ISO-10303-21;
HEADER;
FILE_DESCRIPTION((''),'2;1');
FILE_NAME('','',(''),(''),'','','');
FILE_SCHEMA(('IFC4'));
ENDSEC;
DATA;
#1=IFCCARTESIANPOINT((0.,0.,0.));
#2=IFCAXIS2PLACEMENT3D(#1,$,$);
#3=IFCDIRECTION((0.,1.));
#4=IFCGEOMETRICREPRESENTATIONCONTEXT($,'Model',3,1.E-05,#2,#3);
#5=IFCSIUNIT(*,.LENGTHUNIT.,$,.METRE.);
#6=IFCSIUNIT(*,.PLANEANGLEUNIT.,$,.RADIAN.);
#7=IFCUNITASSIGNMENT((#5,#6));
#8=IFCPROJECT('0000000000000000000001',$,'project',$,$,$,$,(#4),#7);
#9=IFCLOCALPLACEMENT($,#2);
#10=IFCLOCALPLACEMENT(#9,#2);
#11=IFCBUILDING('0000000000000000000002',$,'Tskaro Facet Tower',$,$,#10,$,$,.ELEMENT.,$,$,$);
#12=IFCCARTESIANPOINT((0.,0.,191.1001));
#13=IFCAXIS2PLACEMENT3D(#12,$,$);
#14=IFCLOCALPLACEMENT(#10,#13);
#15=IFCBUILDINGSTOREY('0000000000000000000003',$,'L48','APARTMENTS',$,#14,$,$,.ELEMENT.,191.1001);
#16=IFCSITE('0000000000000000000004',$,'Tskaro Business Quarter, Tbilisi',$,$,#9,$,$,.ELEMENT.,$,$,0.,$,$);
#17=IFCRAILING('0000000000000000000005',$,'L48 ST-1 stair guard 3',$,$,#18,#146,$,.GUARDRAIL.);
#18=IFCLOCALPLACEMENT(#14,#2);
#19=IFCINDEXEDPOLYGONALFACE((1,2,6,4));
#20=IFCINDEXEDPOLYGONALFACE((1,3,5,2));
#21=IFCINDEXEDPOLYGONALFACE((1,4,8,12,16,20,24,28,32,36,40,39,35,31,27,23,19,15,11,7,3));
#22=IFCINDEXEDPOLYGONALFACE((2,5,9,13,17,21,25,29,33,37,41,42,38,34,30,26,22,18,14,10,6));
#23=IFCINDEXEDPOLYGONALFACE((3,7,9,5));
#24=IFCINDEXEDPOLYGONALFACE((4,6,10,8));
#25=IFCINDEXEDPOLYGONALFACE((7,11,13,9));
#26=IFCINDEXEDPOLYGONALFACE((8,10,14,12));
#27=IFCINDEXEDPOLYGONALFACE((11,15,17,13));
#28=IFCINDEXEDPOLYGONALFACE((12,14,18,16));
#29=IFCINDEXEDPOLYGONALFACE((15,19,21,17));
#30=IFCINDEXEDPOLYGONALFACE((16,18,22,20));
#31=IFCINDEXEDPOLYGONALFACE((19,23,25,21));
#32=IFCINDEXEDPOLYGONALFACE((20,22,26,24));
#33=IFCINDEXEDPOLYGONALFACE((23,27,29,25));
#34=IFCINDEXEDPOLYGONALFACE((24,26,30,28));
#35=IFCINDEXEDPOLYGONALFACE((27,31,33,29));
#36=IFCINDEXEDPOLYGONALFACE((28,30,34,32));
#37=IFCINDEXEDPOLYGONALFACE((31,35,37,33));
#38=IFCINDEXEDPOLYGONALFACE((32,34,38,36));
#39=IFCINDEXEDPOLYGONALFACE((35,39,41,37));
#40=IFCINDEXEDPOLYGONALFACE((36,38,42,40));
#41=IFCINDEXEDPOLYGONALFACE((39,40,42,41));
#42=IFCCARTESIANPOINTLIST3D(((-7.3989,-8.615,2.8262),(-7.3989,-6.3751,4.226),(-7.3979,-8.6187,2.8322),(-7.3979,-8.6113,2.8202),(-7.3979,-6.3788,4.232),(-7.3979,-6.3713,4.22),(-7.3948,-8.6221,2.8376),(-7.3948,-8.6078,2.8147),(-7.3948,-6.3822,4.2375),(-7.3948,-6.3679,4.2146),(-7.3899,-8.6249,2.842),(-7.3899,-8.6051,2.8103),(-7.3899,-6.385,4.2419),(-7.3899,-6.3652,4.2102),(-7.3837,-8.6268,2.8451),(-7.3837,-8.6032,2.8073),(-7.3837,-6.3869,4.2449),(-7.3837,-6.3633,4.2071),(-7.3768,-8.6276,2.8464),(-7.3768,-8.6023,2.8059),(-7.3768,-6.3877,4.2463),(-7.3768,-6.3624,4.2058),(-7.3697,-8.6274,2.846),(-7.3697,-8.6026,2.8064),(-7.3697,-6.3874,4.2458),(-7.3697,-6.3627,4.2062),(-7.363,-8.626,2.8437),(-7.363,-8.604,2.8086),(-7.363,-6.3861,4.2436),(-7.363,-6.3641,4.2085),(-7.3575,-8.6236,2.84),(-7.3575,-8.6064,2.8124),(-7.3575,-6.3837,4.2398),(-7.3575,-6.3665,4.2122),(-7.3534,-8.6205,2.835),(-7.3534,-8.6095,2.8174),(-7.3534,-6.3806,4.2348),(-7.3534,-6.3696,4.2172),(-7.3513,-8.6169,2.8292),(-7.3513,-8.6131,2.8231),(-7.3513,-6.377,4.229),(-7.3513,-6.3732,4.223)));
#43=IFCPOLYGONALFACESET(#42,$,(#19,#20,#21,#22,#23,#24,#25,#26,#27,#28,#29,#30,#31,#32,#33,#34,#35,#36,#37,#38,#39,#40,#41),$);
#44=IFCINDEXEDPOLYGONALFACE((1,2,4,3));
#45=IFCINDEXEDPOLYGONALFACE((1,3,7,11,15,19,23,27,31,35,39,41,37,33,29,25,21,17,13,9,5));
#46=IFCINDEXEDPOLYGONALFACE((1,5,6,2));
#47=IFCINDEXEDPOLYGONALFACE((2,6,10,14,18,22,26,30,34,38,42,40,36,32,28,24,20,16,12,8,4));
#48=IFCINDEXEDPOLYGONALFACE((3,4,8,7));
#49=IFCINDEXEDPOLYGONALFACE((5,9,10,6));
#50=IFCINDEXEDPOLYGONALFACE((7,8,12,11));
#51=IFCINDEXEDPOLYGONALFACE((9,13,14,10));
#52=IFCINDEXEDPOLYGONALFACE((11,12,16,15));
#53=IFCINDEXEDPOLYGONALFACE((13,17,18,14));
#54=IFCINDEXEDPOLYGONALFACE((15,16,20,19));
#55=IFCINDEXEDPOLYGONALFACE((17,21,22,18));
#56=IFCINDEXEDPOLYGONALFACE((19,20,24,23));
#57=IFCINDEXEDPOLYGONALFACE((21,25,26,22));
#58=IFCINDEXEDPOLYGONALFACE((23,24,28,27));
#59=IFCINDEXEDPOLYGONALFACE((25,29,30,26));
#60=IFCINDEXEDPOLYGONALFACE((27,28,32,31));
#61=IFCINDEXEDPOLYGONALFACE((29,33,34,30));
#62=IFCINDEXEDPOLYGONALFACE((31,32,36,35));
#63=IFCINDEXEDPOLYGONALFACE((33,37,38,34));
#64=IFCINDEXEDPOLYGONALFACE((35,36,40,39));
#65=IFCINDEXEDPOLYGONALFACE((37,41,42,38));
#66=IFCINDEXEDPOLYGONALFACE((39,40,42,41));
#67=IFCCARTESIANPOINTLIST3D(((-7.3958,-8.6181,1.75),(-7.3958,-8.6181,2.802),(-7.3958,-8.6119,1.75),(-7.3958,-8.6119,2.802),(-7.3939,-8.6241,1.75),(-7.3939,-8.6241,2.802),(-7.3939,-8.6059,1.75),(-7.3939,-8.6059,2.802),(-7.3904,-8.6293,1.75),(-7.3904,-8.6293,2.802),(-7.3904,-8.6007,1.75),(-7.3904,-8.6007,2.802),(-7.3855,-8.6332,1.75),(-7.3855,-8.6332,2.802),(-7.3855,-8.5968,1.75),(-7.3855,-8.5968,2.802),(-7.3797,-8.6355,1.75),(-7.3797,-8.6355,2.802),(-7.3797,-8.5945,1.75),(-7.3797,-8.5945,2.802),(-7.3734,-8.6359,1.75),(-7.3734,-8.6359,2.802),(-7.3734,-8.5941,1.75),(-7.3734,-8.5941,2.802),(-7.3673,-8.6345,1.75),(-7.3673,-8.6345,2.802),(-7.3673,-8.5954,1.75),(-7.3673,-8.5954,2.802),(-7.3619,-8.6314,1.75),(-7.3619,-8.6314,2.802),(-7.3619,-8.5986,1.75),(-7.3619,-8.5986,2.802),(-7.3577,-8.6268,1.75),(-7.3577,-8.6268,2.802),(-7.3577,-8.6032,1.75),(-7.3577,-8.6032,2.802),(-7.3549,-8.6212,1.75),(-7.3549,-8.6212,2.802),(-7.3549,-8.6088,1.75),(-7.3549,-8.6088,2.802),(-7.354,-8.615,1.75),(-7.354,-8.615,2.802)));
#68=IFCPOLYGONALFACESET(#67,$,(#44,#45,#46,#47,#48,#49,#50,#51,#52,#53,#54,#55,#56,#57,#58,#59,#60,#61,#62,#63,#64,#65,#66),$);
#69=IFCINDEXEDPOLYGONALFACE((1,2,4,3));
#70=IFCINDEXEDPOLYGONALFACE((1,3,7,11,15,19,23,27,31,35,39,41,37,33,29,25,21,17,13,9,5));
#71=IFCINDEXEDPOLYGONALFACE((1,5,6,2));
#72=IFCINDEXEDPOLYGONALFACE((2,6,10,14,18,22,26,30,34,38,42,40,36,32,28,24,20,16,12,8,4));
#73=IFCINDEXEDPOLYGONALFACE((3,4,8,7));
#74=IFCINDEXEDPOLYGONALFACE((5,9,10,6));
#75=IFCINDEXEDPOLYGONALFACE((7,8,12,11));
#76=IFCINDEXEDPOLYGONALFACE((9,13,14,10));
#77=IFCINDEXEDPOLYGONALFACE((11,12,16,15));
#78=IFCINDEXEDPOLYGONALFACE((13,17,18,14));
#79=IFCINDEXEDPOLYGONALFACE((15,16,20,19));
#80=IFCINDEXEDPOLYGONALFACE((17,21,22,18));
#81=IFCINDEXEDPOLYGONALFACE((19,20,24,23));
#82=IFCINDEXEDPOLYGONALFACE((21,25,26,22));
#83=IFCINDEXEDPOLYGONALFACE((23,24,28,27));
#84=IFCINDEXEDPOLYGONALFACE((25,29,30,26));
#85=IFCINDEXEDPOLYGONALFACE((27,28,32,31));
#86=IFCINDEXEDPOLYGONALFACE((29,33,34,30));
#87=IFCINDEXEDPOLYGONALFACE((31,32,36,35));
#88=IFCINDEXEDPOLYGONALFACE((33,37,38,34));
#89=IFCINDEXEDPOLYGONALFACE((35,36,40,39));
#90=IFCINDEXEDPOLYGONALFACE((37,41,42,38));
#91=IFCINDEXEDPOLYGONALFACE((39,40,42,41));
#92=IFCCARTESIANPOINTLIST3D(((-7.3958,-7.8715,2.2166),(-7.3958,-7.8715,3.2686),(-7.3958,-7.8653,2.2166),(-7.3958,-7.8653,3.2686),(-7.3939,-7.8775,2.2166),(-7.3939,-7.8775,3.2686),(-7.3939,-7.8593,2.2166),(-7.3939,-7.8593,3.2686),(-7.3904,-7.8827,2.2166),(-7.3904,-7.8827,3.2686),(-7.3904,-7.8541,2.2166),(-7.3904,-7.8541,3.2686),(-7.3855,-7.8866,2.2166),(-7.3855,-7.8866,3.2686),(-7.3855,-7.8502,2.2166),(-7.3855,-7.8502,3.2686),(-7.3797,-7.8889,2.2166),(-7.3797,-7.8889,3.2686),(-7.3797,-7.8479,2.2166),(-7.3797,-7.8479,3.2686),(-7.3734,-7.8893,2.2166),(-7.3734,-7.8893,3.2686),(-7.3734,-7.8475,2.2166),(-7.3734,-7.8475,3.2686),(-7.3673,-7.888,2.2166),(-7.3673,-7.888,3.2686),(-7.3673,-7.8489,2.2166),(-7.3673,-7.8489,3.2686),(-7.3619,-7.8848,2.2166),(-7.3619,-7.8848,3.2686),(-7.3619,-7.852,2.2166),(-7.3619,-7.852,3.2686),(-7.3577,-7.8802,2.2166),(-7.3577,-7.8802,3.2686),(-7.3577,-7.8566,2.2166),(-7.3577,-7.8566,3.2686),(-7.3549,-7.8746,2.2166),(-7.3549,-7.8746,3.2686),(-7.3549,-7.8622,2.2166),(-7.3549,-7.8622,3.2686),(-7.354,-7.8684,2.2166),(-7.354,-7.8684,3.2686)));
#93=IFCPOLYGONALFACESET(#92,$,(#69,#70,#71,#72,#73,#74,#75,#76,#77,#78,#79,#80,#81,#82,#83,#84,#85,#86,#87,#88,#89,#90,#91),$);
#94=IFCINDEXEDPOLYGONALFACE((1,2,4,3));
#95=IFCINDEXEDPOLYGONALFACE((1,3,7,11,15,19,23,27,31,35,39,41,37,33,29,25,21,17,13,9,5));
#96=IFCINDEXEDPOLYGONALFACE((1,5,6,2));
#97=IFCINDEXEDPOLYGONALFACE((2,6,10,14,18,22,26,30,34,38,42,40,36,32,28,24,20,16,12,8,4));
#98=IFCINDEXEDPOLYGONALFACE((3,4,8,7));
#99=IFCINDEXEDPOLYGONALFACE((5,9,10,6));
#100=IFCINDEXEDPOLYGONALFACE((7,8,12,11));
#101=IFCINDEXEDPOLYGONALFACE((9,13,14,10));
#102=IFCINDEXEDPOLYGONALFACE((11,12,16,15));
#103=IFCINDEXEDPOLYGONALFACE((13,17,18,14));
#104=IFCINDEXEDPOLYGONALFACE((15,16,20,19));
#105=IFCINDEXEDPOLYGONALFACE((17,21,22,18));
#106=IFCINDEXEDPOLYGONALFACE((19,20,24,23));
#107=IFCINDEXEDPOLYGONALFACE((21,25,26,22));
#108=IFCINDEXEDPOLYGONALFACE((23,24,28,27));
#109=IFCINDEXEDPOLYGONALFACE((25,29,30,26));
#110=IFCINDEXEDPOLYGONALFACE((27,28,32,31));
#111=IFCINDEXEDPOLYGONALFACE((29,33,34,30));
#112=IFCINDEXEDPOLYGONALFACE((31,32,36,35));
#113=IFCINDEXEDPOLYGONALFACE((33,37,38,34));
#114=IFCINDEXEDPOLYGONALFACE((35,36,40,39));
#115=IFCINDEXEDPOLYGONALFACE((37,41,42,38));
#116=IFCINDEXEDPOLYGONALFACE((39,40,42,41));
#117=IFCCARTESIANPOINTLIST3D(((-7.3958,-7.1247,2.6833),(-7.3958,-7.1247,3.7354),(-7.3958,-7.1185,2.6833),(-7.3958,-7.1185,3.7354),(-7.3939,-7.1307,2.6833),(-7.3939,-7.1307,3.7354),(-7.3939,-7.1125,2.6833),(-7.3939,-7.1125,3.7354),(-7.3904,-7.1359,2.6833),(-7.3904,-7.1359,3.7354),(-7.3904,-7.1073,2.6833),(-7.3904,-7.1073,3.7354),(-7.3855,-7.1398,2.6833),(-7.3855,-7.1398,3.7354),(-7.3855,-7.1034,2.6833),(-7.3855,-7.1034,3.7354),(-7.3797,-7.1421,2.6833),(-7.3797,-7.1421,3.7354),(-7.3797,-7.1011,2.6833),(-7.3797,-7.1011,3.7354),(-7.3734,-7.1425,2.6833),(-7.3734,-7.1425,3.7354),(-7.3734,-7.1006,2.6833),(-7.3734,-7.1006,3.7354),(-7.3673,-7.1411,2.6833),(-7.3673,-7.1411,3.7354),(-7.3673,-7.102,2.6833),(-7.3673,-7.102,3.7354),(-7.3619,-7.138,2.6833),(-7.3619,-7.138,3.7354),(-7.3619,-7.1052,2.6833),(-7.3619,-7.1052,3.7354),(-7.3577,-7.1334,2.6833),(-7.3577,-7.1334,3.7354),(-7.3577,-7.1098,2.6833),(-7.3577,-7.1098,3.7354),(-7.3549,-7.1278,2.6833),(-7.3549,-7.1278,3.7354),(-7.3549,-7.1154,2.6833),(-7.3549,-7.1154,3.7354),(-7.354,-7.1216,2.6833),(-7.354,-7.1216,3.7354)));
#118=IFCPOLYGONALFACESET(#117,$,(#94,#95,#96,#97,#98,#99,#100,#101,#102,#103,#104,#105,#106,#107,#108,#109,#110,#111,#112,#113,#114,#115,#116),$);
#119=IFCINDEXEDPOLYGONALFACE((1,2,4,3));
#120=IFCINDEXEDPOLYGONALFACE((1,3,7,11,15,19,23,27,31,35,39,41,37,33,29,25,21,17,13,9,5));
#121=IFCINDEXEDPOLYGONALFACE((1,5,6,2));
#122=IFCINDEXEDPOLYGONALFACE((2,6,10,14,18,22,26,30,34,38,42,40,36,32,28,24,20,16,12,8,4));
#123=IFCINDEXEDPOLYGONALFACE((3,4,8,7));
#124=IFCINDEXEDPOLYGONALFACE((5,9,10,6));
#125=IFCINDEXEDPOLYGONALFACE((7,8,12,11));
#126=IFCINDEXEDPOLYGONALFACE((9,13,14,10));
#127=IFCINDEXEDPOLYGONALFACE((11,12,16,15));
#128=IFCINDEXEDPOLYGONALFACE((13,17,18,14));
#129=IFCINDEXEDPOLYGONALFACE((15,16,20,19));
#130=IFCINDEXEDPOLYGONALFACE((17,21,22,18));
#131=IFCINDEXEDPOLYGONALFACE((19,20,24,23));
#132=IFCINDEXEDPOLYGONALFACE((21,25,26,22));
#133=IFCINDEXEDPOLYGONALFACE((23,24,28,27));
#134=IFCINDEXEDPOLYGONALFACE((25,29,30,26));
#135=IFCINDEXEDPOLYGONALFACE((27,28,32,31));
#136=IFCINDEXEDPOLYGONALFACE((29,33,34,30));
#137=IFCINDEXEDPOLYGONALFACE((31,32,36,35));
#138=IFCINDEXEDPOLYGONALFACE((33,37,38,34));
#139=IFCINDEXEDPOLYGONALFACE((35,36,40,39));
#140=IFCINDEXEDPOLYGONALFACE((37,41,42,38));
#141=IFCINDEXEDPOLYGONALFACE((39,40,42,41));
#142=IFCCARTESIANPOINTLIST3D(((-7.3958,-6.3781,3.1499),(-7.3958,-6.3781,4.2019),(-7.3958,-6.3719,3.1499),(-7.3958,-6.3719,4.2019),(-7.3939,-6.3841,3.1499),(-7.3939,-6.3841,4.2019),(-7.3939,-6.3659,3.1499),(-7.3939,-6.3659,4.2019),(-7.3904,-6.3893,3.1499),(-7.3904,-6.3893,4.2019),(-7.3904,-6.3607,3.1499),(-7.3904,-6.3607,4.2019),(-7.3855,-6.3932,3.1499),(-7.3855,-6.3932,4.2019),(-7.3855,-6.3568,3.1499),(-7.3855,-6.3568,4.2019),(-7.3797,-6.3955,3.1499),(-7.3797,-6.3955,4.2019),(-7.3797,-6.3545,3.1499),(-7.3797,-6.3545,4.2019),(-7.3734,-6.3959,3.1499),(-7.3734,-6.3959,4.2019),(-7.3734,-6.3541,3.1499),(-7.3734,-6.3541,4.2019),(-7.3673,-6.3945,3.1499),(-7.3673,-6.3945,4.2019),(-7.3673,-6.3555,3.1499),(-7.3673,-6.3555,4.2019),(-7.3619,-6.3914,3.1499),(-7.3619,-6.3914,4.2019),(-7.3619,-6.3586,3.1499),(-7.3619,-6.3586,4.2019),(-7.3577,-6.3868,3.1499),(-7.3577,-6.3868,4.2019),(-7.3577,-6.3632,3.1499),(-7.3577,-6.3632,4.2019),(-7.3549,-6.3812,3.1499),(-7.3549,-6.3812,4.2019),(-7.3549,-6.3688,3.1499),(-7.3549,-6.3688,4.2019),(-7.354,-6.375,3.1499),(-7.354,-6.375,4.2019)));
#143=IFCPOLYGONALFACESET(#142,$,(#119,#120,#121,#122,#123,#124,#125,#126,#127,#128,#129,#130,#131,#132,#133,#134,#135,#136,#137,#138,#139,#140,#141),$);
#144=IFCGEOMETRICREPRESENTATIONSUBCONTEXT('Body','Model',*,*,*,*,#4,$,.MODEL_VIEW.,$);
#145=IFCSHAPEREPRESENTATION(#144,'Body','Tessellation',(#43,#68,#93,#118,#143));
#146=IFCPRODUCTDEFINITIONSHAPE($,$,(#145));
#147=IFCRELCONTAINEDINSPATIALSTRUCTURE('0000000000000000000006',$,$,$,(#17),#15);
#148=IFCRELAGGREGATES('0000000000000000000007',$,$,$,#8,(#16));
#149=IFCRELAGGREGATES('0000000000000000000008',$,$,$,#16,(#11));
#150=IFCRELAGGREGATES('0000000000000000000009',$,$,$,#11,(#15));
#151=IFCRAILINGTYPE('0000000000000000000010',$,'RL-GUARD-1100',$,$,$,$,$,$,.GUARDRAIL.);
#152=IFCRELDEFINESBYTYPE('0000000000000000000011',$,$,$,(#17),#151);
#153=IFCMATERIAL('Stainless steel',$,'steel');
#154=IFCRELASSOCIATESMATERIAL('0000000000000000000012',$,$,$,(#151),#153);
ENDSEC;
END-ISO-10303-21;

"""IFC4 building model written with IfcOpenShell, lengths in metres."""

from ifc_helpers import new_model, si_unit, direction, frame, origin, origin_2d, place, context, subcontext, project, spatial, circle, extrude, material, type_object, element, save


model = new_model("IFC4")

# Units and contexts
model_context = context("Model", 3, precision=1e-05, world=origin(), true_north=direction((0.0, 1.0)))
body_context = subcontext(model_context, "Body", "Model", "MODEL_VIEW")
ifc_project = project(units=[si_unit("LENGTHUNIT", "METRE"), si_unit("PLANEANGLEUNIT", "RADIAN")], contexts=[model_context])

# Site, building, storey
site_placement = place(None, origin())
site = spatial("IfcSite", under=ifc_project, at=site_placement, Name="Tskaro Business Quarter, Tbilisi", CompositionType="ELEMENT", RefElevation=0.0)
building_placement = place(site_placement, origin())
building = spatial("IfcBuilding", under=site, at=building_placement, Name="Tskaro Facet Tower", CompositionType="ELEMENT")
storey_placement = place(building_placement, frame((0.0, 0.0, 191.1001)))
storey = spatial("IfcBuildingStorey", under=building, at=storey_placement, Name="L48", Description="APARTMENTS", CompositionType="ELEMENT", Elevation=191.1001)

# Shared definitions
ifc_material_1 = material(Name="Stainless steel", Category="steel")

# Railing
railing_type_1 = type_object("IfcRailingType", Name="RL-GUARD-1100", PredefinedType="GUARDRAIL", material=ifc_material_1)
railing_1_placement = place(storey_placement, frame((-7.375, -8.615, 1.75)))
element("IfcRailing", 1, at=railing_1_placement, inside=storey, type_object=railing_type_1, Name="L48 ST-1 stair guard 3", PredefinedType="GUARDRAIL", context=body_context, shape_type="SweptSolid", body=[
    extrude(circle(Radius=0.0239, at=origin_2d()), frame((0.0, 0.0, 1.0762), z_axis=(0.0, 0.848014, 0.529974), x_axis=(-1.0, 0.0, 0.0)), (0.0, 0.0, 1.0), 2.6414),
    extrude(circle(Radius=0.021, at=origin_2d()), origin(), (0.0, 0.0, 1.0), 1.052),
    extrude(circle(Radius=0.021, at=origin_2d()), frame((0.0, 0.7466, 0.4666)), (0.0, 0.0, 1.0), 1.052),
    extrude(circle(Radius=0.021, at=origin_2d()), frame((0.0, 1.4934, 0.9333)), (0.0, 0.0, 1.0), 1.052),
    extrude(circle(Radius=0.021, at=origin_2d()), frame((0.0, 2.24, 1.3999)), (0.0, 0.0, 1.0), 1.052),
])

save(model, "model.ifc")
